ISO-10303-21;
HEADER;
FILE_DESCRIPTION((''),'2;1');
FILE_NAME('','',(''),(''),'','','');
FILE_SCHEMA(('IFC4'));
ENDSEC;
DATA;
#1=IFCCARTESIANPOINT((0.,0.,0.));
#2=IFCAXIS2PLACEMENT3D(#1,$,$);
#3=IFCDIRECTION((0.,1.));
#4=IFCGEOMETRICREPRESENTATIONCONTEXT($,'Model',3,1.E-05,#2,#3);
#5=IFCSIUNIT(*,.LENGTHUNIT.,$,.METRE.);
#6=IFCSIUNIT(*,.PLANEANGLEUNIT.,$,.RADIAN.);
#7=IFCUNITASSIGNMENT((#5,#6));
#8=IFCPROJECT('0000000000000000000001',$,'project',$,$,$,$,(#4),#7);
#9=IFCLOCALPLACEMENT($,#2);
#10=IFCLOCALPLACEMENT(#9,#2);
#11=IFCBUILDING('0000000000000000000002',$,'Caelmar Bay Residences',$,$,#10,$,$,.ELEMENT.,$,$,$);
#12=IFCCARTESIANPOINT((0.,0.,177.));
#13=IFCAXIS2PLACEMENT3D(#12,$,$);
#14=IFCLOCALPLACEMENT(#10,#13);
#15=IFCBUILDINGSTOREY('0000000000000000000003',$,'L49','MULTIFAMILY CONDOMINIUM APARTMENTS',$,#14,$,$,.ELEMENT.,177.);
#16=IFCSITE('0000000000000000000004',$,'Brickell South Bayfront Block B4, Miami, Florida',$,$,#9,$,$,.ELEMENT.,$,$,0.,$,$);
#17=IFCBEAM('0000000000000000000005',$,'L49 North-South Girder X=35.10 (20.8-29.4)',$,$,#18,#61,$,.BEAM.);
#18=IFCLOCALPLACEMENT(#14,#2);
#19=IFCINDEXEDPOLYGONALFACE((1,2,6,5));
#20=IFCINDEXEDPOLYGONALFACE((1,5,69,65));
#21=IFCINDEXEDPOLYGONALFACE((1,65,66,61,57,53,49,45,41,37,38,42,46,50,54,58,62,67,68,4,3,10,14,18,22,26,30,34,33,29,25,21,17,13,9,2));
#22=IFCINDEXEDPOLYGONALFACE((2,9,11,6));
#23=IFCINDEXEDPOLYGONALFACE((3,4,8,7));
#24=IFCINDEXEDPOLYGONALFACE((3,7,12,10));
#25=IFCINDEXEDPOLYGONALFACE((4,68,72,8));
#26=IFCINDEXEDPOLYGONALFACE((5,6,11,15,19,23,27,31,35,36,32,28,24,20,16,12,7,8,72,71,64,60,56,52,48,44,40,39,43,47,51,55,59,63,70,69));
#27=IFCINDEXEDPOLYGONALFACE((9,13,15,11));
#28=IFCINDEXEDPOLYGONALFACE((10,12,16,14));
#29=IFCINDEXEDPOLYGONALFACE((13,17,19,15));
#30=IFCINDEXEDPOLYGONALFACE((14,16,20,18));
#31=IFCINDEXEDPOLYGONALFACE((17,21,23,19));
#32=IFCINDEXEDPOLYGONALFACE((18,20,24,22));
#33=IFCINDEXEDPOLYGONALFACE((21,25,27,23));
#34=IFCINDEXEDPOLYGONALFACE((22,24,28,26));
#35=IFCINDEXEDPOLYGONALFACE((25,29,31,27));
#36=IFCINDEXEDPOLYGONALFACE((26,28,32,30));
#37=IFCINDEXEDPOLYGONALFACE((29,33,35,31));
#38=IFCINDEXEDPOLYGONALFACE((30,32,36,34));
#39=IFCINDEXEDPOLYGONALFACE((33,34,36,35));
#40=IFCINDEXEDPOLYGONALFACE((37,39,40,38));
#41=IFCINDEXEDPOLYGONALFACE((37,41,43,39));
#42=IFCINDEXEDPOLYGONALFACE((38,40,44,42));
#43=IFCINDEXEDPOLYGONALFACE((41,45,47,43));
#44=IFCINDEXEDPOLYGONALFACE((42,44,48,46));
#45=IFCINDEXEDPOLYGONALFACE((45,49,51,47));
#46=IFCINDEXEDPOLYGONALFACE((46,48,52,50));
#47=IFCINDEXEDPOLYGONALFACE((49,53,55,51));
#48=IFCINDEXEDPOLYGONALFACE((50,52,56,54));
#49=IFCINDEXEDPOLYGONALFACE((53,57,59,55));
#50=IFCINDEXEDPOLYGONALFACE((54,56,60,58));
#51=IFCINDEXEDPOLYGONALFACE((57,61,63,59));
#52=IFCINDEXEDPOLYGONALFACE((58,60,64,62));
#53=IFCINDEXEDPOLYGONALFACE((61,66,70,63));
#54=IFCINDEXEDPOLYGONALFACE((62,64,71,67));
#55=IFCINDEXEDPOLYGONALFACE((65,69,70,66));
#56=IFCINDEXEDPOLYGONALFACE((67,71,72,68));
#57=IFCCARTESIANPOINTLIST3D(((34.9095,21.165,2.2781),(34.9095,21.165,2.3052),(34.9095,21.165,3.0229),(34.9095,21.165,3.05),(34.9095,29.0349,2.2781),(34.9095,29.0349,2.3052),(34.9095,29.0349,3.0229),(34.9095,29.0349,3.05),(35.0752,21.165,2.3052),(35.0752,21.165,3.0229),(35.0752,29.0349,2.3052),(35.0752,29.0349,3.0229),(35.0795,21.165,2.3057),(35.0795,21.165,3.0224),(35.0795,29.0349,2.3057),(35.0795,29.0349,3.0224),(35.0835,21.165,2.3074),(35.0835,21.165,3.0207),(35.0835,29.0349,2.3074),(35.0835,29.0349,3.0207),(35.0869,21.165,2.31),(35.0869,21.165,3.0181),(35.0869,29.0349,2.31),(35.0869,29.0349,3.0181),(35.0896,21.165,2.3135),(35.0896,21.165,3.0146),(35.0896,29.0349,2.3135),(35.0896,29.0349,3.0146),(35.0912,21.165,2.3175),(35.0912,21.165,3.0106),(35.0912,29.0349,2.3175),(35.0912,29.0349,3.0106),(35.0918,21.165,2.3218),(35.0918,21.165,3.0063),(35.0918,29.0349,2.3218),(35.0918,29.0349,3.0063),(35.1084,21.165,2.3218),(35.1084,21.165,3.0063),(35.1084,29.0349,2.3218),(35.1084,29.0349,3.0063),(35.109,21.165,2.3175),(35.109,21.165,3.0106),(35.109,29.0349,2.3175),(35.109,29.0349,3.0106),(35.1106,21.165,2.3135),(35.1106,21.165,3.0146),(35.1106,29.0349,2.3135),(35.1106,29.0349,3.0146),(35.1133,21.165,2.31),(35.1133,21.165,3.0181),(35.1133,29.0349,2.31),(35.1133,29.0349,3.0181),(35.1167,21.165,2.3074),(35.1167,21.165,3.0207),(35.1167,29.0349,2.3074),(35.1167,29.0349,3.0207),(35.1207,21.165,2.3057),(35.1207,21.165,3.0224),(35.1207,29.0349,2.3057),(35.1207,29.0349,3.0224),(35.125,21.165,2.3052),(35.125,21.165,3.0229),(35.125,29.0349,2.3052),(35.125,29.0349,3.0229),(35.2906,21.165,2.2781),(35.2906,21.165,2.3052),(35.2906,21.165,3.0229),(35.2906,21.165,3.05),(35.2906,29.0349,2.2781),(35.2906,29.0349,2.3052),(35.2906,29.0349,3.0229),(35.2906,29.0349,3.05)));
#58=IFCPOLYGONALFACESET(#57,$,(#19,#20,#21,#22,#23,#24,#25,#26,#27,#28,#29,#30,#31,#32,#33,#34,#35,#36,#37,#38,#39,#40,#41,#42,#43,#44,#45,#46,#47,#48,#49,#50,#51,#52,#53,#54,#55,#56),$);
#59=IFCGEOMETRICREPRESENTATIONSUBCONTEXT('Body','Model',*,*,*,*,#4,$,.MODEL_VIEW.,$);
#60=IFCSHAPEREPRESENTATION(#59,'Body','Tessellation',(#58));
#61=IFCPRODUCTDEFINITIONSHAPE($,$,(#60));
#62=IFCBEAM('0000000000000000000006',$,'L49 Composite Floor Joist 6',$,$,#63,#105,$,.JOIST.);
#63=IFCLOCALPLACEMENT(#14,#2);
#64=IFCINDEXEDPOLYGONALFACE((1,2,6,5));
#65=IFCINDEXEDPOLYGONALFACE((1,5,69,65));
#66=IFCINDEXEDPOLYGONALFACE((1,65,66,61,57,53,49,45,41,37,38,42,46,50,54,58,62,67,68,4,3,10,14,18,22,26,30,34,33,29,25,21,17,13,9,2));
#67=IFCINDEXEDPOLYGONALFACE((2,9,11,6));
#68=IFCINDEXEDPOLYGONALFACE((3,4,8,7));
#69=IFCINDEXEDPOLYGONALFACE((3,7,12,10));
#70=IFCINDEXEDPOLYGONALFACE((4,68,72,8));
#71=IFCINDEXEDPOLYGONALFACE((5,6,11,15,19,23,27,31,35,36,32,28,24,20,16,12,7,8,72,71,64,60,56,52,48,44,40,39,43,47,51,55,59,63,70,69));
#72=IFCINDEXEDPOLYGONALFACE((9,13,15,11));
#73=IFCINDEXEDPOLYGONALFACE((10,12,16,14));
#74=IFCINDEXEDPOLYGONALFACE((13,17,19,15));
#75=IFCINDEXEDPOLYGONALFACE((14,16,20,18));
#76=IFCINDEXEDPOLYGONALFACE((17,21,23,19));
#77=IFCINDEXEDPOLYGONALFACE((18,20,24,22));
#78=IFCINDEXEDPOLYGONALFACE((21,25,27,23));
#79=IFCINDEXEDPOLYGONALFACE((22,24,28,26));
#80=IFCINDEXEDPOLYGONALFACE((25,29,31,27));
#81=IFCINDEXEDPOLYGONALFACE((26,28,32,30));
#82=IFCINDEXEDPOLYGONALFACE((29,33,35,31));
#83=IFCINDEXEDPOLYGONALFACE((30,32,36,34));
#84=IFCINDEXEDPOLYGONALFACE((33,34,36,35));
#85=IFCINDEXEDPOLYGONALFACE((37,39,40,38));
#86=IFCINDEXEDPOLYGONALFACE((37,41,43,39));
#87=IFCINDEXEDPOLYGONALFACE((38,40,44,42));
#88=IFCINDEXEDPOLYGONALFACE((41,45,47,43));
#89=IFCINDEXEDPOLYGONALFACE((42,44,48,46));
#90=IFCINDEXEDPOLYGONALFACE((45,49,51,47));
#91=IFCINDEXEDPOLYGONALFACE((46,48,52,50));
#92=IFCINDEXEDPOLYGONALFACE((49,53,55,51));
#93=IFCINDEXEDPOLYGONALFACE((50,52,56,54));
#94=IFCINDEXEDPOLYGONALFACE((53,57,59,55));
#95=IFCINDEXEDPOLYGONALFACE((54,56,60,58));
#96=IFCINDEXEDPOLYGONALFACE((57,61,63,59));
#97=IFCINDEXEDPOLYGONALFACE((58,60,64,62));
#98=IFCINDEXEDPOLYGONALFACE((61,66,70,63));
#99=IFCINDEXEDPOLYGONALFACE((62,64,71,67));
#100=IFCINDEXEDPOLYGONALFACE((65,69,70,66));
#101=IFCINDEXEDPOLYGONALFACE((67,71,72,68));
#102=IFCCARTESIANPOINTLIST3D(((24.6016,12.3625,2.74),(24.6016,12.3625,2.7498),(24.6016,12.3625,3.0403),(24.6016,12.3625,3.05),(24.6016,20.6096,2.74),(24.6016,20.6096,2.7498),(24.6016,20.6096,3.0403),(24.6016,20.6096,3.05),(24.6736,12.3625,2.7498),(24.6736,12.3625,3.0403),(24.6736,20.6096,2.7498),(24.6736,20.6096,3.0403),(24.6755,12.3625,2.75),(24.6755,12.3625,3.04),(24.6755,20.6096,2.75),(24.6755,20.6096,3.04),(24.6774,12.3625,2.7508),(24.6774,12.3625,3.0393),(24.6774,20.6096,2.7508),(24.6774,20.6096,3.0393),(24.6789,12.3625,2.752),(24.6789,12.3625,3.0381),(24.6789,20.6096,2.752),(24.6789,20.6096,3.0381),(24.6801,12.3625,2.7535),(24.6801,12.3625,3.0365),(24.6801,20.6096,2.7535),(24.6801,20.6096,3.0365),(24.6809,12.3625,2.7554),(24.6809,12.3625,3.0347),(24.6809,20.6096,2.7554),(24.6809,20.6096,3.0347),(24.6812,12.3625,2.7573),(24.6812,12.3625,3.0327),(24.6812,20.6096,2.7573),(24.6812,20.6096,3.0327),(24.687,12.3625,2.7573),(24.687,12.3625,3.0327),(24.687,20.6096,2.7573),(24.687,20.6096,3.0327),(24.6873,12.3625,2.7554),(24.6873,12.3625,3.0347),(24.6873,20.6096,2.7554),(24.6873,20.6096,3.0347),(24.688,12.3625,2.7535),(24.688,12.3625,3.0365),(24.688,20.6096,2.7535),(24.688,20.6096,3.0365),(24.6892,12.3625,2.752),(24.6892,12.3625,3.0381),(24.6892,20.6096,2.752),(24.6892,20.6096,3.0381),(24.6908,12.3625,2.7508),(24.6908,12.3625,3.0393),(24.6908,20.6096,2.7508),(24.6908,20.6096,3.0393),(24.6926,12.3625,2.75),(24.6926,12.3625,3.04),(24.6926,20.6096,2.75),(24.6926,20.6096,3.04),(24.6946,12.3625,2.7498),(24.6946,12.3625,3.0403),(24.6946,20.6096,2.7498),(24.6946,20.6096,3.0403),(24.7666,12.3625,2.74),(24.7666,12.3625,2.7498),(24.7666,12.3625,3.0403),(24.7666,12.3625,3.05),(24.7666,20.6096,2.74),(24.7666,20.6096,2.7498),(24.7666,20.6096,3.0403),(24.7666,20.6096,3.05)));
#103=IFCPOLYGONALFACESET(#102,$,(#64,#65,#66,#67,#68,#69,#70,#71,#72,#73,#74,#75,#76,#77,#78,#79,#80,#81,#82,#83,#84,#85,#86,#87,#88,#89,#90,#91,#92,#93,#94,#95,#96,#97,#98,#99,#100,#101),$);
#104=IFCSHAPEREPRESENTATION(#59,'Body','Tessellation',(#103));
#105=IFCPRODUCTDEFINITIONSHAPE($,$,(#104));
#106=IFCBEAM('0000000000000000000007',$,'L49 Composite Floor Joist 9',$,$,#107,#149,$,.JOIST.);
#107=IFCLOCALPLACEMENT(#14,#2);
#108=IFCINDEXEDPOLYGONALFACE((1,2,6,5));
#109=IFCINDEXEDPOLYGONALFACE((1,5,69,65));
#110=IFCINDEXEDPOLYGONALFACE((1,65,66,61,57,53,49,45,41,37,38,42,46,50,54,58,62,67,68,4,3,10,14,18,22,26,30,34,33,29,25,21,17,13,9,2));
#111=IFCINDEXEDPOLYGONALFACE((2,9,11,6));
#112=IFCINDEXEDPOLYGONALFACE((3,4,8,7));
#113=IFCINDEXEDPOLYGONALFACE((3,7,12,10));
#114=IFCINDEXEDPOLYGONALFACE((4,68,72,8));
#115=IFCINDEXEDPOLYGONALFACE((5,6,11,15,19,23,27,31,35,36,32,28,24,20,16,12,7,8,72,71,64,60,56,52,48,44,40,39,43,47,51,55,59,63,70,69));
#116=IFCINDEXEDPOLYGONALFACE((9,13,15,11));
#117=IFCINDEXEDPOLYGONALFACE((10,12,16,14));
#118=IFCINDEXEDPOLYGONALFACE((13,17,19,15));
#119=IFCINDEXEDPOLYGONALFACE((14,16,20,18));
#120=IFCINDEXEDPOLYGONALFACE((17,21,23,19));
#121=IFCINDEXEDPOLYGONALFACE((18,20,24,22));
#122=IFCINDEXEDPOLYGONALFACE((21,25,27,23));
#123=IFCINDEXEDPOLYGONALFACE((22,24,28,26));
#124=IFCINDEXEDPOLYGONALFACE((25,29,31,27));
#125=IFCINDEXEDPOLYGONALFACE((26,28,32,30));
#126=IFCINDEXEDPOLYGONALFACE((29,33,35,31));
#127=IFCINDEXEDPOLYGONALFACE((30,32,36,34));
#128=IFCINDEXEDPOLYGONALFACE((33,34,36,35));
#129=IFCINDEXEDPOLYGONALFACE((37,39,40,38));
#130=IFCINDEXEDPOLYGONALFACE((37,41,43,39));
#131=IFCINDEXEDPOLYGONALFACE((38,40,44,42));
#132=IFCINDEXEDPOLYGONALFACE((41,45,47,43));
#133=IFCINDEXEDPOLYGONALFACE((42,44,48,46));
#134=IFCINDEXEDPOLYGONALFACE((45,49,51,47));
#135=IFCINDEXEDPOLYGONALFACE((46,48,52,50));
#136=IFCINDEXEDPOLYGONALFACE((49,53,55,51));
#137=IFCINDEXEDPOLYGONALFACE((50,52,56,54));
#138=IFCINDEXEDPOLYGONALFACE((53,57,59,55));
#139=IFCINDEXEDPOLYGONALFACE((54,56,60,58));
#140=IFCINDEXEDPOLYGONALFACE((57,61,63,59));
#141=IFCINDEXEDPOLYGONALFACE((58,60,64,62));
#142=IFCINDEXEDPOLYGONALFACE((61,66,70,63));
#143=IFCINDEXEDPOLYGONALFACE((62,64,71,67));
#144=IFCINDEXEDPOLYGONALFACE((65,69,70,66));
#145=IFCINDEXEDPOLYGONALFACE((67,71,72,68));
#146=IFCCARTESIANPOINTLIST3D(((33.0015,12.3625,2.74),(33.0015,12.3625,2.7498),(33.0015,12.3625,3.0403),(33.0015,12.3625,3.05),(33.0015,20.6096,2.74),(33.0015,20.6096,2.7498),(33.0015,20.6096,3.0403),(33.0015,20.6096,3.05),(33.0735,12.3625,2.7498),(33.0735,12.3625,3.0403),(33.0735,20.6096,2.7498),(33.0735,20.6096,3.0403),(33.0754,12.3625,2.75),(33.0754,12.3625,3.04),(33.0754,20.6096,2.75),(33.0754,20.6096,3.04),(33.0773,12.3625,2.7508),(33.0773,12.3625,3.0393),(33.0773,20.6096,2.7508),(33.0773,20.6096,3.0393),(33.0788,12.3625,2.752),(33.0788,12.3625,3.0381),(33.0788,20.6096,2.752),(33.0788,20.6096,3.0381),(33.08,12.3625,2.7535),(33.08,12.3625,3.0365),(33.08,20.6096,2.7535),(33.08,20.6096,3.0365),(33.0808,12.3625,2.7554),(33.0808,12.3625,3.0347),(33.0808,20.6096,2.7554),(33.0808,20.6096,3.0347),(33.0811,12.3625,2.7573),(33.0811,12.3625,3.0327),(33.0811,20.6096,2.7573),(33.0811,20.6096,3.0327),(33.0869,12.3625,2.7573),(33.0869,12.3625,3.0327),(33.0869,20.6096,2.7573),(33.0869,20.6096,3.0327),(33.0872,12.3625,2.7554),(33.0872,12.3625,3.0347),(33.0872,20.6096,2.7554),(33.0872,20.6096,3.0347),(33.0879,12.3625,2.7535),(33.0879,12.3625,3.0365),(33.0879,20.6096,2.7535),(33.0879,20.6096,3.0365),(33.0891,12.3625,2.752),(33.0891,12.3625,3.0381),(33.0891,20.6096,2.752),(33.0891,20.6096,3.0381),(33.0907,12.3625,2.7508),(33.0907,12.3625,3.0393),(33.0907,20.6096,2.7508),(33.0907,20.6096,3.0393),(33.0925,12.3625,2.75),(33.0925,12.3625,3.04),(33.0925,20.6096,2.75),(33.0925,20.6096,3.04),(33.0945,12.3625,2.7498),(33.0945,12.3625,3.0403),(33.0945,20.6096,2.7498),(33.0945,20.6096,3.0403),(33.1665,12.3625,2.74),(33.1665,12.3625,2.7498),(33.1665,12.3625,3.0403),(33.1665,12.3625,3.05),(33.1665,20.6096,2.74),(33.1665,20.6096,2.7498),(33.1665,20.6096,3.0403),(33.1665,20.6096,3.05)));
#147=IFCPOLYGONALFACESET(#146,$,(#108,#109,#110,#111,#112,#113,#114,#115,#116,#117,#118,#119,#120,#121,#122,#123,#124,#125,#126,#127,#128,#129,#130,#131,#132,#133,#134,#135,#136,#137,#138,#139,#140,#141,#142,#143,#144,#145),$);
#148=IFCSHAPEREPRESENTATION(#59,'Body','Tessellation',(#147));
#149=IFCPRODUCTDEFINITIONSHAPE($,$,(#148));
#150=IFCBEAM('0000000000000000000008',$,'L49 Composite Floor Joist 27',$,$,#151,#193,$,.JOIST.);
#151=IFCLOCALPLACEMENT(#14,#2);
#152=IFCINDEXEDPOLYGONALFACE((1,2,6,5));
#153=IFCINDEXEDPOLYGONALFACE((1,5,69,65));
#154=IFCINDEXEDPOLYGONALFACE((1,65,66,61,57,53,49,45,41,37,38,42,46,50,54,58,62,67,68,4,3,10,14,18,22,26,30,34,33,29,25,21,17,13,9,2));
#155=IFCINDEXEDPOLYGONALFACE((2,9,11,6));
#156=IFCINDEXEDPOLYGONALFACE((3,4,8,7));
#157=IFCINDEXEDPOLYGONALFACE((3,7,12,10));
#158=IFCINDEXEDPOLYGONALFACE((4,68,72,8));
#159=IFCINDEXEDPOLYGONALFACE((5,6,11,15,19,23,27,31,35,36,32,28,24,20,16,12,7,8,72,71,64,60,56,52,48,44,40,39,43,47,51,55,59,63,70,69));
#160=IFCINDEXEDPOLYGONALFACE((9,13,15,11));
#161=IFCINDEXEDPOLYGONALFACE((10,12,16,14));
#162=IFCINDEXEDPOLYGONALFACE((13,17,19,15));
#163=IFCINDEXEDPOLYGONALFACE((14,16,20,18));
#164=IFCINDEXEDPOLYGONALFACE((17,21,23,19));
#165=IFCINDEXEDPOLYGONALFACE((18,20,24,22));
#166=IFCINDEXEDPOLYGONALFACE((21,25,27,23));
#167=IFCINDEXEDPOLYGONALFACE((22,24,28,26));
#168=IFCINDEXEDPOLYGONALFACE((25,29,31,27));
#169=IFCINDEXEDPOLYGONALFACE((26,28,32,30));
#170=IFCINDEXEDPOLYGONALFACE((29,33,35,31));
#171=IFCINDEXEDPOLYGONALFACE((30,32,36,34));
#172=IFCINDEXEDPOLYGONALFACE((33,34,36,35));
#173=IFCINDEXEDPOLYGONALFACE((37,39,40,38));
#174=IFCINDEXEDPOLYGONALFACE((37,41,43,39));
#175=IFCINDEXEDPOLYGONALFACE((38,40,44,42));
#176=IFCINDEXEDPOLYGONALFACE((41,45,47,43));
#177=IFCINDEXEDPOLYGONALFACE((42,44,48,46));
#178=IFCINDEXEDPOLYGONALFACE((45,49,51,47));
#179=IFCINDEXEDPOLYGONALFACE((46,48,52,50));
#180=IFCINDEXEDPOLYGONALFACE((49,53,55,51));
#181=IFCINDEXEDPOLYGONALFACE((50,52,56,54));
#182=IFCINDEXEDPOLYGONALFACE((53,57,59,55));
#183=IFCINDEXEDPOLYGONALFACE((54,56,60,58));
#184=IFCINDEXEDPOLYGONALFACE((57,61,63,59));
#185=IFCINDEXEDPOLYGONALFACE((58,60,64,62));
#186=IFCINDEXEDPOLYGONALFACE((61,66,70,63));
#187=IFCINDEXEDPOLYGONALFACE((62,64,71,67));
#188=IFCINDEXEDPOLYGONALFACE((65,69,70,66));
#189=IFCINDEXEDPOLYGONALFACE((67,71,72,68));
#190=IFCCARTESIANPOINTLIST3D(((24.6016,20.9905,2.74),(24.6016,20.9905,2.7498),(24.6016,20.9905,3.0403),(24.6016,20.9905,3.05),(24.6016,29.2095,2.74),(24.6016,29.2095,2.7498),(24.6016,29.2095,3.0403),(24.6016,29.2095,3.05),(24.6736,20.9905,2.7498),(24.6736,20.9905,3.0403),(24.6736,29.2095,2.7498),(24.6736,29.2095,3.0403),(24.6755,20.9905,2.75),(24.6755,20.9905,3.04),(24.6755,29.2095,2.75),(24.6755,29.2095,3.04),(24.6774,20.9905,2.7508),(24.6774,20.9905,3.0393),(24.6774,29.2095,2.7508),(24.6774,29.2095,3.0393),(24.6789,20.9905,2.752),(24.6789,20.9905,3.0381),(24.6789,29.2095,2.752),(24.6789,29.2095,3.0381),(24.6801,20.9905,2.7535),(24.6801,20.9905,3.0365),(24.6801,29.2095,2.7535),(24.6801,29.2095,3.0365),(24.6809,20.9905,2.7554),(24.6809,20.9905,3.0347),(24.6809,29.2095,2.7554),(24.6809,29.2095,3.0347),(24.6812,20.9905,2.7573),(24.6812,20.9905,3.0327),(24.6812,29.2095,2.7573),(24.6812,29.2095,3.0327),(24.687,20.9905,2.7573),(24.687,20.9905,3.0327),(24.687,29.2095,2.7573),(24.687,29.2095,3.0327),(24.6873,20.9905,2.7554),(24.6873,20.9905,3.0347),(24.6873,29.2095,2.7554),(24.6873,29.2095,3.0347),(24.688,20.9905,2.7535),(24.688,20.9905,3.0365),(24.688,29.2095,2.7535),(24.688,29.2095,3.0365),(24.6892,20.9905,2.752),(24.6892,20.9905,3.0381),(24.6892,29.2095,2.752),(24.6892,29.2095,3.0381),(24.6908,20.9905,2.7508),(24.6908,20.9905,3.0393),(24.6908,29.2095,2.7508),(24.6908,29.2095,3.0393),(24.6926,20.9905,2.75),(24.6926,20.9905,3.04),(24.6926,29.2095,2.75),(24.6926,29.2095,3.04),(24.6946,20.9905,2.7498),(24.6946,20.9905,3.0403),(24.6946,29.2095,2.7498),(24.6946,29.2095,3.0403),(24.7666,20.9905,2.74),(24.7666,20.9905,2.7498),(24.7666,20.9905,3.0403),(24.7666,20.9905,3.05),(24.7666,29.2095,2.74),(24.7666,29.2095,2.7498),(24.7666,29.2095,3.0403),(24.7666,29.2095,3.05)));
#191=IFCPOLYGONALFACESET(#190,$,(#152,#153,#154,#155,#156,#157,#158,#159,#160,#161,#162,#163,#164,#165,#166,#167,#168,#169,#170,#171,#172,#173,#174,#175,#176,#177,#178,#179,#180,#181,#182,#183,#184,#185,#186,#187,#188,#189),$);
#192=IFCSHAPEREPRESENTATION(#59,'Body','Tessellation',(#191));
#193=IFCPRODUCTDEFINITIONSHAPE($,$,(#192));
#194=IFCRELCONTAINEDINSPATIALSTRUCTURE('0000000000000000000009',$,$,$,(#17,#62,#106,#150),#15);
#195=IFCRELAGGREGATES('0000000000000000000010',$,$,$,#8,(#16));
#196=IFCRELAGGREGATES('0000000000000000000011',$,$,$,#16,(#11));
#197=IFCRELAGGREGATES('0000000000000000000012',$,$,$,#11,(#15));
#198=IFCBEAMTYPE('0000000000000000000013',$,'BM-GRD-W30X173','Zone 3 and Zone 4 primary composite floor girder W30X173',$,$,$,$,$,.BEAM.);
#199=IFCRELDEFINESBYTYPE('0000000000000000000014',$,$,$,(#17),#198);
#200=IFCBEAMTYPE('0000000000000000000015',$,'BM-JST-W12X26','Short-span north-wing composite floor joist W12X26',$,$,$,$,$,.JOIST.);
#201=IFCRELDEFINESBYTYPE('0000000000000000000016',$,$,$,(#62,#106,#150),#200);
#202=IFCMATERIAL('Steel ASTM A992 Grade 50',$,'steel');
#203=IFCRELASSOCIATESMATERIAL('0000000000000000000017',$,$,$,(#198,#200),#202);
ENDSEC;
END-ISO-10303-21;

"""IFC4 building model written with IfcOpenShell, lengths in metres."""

from ifc_helpers import new_model, si_unit, direction, frame, origin, origin_2d, place, context, subcontext, project, spatial, i_section, extrude, material, material_profile, profile_set, type_object, element, save


model = new_model("IFC4")

# Units and contexts
model_context = context("Model", 3, precision=1e-05, world=origin(), true_north=direction((0.0, 1.0)))
body_context = subcontext(model_context, "Body", "Model", "MODEL_VIEW")
ifc_project = project(units=[si_unit("LENGTHUNIT", "METRE"), si_unit("PLANEANGLEUNIT", "RADIAN")], contexts=[model_context])

# Site, building, storey
site_placement = place(None, origin())
site = spatial("IfcSite", under=ifc_project, at=site_placement, Name="Brickell South Bayfront Block B4, Miami, Florida", CompositionType="ELEMENT", RefElevation=0.0)
building_placement = place(site_placement, origin())
building = spatial("IfcBuilding", under=site, at=building_placement, Name="Caelmar Bay Residences", CompositionType="ELEMENT")
storey_placement = place(building_placement, frame((0.0, 0.0, 177.0)))
storey = spatial("IfcBuildingStorey", under=building, at=storey_placement, Name="L49", Description="MULTIFAMILY CONDOMINIUM APARTMENTS", CompositionType="ELEMENT", Elevation=177.0)

# Beams
ifc_material_1 = material(Name="Steel ASTM A992 Grade 50", Category="steel")
ifc_material_profile_1 = material_profile(ifc_material_1, i_section(OverallWidth=0.3811, OverallDepth=0.772, WebThickness=0.0166, FlangeThickness=0.0271, FilletRadius=0.0166, at=origin_2d()), Name="W30X173")
ifc_profile_set_1 = profile_set([ifc_material_profile_1], Name="Steel ASTM A992 Grade 50")
beam_type_1 = type_object("IfcBeamType", Name="BM-GRD-W30X173", Description="Zone 3 and Zone 4 primary composite floor girder W30X173", PredefinedType="BEAM", material=ifc_profile_set_1)
beam_1_placement = place(storey_placement, frame((35.1001, 21.165, 2.6641), z_axis=(0.0, 1.0, 0.0), x_axis=(-1.0, 0.0, 0.0)))
element("IfcBeam", 1, at=beam_1_placement, inside=storey, type_object=beam_type_1, Name="L49 North-South Girder X=35.10 (20.8-29.4)", PredefinedType="BEAM", context=body_context, shape_type="SweptSolid", body=[
    extrude(i_section(OverallWidth=0.3811, OverallDepth=0.772, WebThickness=0.0166, FlangeThickness=0.0271, FilletRadius=0.0166, at=origin_2d()), origin(), (0.0, 0.0, 1.0), 7.8699),
])
ifc_material_profile_2 = material_profile(ifc_material_1, i_section(OverallWidth=0.165, OverallDepth=0.3101, WebThickness=0.0059, FlangeThickness=0.0098, FilletRadius=0.0076, at=origin_2d()), Name="W12X26")
ifc_profile_set_2 = profile_set([ifc_material_profile_2], Name="Steel ASTM A992 Grade 50")
beam_type_2 = type_object("IfcBeamType", Name="BM-JST-W12X26", Description="Short-span north-wing composite floor joist W12X26", PredefinedType="JOIST", material=ifc_profile_set_2)
for number, where, z_axis, x_axis, name in (
    (2, (24.6841, 12.3625, 2.895), (0.0, 1.0, 0.0), (-1.0, 0.0, 0.0), "L49 Composite Floor Joist 6"),
    (3, (33.084, 12.3625, 2.895), (0.0, 1.0, 0.0), (-1.0, 0.0, 0.0), "L49 Composite Floor Joist 9"),
):
    element("IfcBeam", number, at=place(storey_placement, frame(where, z_axis=z_axis, x_axis=x_axis)), inside=storey, type_object=beam_type_2, Name=name, PredefinedType="JOIST", context=body_context, shape_type="SweptSolid", body=[
        extrude(i_section(OverallWidth=0.165, OverallDepth=0.3101, WebThickness=0.0059, FlangeThickness=0.0098, FilletRadius=0.0076, at=origin_2d()), origin(), (0.0, 0.0, 1.0), 8.2471),
    ])
for number, where, z_axis, x_axis, name in (
    (4, (24.6841, 20.9905, 2.895), (0.0, 1.0, 0.0), (-1.0, 0.0, 0.0), "L49 Composite Floor Joist 27"),
):
    element("IfcBeam", number, at=place(storey_placement, frame(where, z_axis=z_axis, x_axis=x_axis)), inside=storey, type_object=beam_type_2, Name=name, PredefinedType="JOIST", context=body_context, shape_type="SweptSolid", body=[
        extrude(i_section(OverallWidth=0.165, OverallDepth=0.3101, WebThickness=0.0059, FlangeThickness=0.0098, FilletRadius=0.0076, at=origin_2d()), origin(), (0.0, 0.0, 1.0), 8.219),
    ])

save(model, "model.ifc")
